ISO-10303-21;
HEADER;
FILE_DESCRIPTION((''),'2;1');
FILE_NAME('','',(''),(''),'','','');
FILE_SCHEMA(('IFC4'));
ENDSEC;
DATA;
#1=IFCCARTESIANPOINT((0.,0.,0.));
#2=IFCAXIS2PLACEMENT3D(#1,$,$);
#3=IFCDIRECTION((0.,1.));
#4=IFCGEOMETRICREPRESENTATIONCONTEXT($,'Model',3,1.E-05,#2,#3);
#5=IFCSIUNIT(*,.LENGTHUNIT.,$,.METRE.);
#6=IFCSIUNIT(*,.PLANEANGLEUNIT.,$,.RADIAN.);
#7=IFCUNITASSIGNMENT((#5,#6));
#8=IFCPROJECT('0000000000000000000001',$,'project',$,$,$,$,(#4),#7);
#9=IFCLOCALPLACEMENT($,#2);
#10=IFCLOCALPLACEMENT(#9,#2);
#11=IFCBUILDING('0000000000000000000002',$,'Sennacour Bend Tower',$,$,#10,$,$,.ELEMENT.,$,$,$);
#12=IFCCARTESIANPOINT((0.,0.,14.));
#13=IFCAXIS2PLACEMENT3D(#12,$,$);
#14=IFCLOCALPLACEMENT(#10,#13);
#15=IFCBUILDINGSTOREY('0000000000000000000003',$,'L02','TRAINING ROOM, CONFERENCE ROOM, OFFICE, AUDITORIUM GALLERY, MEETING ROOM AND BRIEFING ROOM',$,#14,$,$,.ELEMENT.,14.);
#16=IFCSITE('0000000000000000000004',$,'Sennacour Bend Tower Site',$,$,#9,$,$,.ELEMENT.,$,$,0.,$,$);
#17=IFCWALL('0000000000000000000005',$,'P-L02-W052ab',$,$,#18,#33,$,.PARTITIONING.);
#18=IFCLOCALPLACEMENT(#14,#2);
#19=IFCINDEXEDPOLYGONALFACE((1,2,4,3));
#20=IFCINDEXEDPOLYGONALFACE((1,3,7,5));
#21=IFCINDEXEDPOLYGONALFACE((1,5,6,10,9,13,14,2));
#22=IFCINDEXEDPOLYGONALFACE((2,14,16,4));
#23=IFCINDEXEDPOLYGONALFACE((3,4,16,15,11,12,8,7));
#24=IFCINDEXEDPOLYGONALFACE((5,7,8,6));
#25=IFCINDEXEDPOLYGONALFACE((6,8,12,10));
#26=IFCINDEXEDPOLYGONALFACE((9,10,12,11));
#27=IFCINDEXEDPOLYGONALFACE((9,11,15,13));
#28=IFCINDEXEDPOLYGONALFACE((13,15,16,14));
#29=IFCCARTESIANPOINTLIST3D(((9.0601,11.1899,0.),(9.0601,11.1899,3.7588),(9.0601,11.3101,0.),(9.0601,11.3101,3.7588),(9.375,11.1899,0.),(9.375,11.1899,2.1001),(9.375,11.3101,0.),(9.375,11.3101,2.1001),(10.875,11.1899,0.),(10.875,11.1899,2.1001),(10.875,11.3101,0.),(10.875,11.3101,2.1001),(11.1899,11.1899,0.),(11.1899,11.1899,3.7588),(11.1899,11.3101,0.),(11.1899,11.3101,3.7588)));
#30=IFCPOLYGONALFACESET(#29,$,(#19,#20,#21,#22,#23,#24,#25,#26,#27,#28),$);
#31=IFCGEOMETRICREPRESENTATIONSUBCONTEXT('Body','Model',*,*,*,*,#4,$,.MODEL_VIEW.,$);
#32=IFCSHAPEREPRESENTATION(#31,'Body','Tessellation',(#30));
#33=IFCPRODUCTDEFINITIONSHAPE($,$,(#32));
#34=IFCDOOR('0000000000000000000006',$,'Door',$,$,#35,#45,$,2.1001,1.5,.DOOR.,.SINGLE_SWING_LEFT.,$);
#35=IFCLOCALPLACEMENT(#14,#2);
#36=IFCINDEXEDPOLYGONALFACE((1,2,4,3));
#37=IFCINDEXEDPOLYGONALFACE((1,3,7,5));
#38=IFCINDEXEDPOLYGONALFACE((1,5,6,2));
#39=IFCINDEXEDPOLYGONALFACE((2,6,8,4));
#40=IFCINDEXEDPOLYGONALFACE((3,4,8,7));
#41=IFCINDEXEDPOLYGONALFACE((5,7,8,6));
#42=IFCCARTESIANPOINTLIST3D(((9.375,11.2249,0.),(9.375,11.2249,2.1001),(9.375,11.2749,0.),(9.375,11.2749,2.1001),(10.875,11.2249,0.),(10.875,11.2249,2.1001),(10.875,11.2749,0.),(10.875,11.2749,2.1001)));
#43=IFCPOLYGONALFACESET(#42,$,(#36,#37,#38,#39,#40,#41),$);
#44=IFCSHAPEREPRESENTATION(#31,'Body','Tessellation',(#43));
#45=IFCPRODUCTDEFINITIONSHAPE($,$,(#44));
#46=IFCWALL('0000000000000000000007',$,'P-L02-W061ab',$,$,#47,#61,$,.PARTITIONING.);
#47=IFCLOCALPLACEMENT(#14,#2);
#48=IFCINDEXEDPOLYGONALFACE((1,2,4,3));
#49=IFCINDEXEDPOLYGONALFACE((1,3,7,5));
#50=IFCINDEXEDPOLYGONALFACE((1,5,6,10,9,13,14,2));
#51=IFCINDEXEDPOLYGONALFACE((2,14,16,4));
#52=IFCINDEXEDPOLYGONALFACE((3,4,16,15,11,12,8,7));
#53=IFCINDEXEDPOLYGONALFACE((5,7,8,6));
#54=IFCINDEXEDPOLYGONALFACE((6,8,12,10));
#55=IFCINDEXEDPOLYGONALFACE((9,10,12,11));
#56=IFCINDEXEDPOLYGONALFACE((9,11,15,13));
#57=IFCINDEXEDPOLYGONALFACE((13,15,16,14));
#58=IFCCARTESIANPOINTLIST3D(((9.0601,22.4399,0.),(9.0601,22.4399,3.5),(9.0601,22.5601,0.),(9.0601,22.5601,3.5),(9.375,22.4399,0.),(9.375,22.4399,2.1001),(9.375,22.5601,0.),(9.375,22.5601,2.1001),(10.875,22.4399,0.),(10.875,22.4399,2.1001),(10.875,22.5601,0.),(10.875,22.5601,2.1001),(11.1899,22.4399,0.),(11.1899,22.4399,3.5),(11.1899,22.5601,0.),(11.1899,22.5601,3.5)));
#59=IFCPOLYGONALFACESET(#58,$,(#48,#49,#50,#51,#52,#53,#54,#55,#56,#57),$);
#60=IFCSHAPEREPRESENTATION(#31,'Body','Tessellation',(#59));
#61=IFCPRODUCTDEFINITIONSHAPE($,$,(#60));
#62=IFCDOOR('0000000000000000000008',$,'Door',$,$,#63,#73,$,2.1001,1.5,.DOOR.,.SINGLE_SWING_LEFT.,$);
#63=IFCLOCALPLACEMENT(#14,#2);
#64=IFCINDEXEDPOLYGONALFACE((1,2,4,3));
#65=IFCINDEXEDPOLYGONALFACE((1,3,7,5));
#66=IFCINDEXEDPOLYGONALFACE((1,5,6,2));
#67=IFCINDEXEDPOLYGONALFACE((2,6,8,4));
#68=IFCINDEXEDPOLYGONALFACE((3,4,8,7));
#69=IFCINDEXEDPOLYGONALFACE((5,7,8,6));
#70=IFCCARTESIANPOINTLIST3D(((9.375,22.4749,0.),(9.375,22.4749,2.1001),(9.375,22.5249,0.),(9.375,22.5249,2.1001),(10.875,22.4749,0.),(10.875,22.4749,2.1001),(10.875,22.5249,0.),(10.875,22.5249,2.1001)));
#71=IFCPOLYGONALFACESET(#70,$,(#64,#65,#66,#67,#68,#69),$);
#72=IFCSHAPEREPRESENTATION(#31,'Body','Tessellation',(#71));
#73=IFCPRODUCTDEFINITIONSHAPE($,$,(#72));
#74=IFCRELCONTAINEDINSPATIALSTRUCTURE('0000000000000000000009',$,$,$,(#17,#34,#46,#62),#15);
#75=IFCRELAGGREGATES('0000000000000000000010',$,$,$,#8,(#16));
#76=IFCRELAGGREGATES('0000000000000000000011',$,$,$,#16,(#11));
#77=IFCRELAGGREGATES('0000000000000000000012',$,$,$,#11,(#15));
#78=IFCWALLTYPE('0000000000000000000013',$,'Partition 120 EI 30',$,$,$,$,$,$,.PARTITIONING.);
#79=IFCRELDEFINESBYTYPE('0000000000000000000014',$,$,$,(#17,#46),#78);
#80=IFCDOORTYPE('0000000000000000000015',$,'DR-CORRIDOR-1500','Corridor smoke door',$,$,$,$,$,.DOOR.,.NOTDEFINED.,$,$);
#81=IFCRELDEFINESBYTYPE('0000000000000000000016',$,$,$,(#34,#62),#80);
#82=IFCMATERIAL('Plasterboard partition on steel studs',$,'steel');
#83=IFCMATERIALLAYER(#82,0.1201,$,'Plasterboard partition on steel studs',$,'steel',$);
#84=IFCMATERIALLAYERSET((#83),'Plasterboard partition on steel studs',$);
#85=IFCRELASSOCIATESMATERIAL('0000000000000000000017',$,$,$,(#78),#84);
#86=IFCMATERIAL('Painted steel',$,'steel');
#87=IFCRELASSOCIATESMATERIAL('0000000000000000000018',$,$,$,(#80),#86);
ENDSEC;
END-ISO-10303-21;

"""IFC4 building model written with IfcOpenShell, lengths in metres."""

from ifc_helpers import new_model, si_unit, direction, frame, frame_2d, origin, place, context, subcontext, project, spatial, rectangle, extrude, material, layer, layer_set, type_object, element, fill, save


model = new_model("IFC4")

# Units and contexts
model_context = context("Model", 3, precision=1e-05, world=origin(), true_north=direction((0.0, 1.0)))
body_context = subcontext(model_context, "Body", "Model", "MODEL_VIEW")
ifc_project = project(units=[si_unit("LENGTHUNIT", "METRE"), si_unit("PLANEANGLEUNIT", "RADIAN")], contexts=[model_context])

# Site, building, storey
site_placement = place(None, origin())
site = spatial("IfcSite", under=ifc_project, at=site_placement, Name="Sennacour Bend Tower Site", CompositionType="ELEMENT", RefElevation=0.0)
building_placement = place(site_placement, origin())
building = spatial("IfcBuilding", under=site, at=building_placement, Name="Sennacour Bend Tower", CompositionType="ELEMENT")
storey_placement = place(building_placement, frame((0.0, 0.0, 14.0)))
storey = spatial("IfcBuildingStorey", under=building, at=storey_placement, Name="L02", Description="TRAINING ROOM, CONFERENCE ROOM, OFFICE, AUDITORIUM GALLERY, MEETING ROOM AND BRIEFING ROOM", CompositionType="ELEMENT", Elevation=14.0)

# Shared definitions
ifc_material_1 = material(Name="Plasterboard partition on steel studs", Category="steel")

# Walls, openings, doors
ifc_layer_1 = layer(ifc_material_1, 0.1201, Name="Plasterboard partition on steel studs", Category="steel")
ifc_layer_set_1 = layer_set([ifc_layer_1], Name="Plasterboard partition on steel studs")
wall_type_1 = type_object("IfcWallType", Name="Partition 120 EI 30", PredefinedType="PARTITIONING", material=ifc_layer_set_1)
wall_1_placement = place(storey_placement, frame((9.0601, 11.25, 0.0), z_axis=(0.0, 0.0, 1.0), x_axis=(1.0, 0.0, 0.0)))
wall_1 = element("IfcWall", 1, at=wall_1_placement, inside=storey, type_object=wall_type_1, Name="P-L02-W052ab", PredefinedType="PARTITIONING", context=body_context, shape_type="SweptSolid", body=[
    extrude(rectangle(XDim=2.1299, YDim=0.1201, at=frame_2d((1.0649, 0.0))), origin(), (0.0, 0.0, 1.0), 3.7588),
])
opening_1_placement = place(wall_1_placement, frame((0.3149, 0.0, 0.0)))
opening_1 = element("IfcOpeningElement", 2, at=opening_1_placement, cuts=wall_1, PredefinedType="OPENING", context=body_context, shape_type="SweptSolid", body=[
    extrude(rectangle(XDim=1.5, YDim=2.1001, at=frame_2d((0.75, 1.05))), frame((0.0, 0.0701, 0.0), z_axis=(0.0, -1.0, 0.0), x_axis=(1.0, 0.0, 0.0)), (0.0, 0.0, 1.0), 0.1401),
])
ifc_material_2 = material(Name="Painted steel", Category="steel")
door_type_1 = type_object("IfcDoorType", Name="DR-CORRIDOR-1500", Description="Corridor smoke door", OperationType="NOTDEFINED", PredefinedType="DOOR", material=ifc_material_2)
door_1_placement = place(opening_1_placement, origin())
door_1 = element("IfcDoor", 3, at=door_1_placement, inside=storey, type_object=door_type_1, Name="Door", OperationType="SINGLE_SWING_LEFT", OverallHeight=2.1001, OverallWidth=1.5, PredefinedType="DOOR", context=body_context, shape_type="SweptSolid", body=[
    extrude(rectangle(XDim=1.5, YDim=2.1001, at=frame_2d((0.75, 1.05))), frame((0.0, 0.0249, 0.0), z_axis=(0.0, -1.0, 0.0), x_axis=(1.0, 0.0, 0.0)), (0.0, 0.0, 1.0), 0.05),
])
fill(opening_1, door_1)
wall_2_placement = place(storey_placement, frame((9.0601, 22.5, 0.0), z_axis=(0.0, 0.0, 1.0), x_axis=(1.0, 0.0, 0.0)))
wall_2 = element("IfcWall", 4, at=wall_2_placement, inside=storey, type_object=wall_type_1, Name="P-L02-W061ab", PredefinedType="PARTITIONING", context=body_context, shape_type="SweptSolid", body=[
    extrude(rectangle(XDim=2.1299, YDim=0.1201, at=frame_2d((1.0649, 0.0))), origin(), (0.0, 0.0, 1.0), 3.5),
])
opening_2_placement = place(wall_2_placement, frame((0.3149, 0.0, 0.0)))
opening_2 = element("IfcOpeningElement", 5, at=opening_2_placement, cuts=wall_2, PredefinedType="OPENING", context=body_context, shape_type="SweptSolid", body=[
    extrude(rectangle(XDim=1.5, YDim=2.1001, at=frame_2d((0.75, 1.05))), frame((0.0, 0.0701, 0.0), z_axis=(0.0, -1.0, 0.0), x_axis=(1.0, 0.0, 0.0)), (0.0, 0.0, 1.0), 0.1401),
])
door_2_placement = place(opening_2_placement, origin())
door_2 = element("IfcDoor", 6, at=door_2_placement, inside=storey, type_object=door_type_1, Name="Door", OperationType="SINGLE_SWING_LEFT", OverallHeight=2.1001, OverallWidth=1.5, PredefinedType="DOOR", context=body_context, shape_type="SweptSolid", body=[
    extrude(rectangle(XDim=1.5, YDim=2.1001, at=frame_2d((0.75, 1.05))), frame((0.0, 0.0249, 0.0), z_axis=(0.0, -1.0, 0.0), x_axis=(1.0, 0.0, 0.0)), (0.0, 0.0, 1.0), 0.05),
])
fill(opening_2, door_2)

save(model, "model.ifc")
